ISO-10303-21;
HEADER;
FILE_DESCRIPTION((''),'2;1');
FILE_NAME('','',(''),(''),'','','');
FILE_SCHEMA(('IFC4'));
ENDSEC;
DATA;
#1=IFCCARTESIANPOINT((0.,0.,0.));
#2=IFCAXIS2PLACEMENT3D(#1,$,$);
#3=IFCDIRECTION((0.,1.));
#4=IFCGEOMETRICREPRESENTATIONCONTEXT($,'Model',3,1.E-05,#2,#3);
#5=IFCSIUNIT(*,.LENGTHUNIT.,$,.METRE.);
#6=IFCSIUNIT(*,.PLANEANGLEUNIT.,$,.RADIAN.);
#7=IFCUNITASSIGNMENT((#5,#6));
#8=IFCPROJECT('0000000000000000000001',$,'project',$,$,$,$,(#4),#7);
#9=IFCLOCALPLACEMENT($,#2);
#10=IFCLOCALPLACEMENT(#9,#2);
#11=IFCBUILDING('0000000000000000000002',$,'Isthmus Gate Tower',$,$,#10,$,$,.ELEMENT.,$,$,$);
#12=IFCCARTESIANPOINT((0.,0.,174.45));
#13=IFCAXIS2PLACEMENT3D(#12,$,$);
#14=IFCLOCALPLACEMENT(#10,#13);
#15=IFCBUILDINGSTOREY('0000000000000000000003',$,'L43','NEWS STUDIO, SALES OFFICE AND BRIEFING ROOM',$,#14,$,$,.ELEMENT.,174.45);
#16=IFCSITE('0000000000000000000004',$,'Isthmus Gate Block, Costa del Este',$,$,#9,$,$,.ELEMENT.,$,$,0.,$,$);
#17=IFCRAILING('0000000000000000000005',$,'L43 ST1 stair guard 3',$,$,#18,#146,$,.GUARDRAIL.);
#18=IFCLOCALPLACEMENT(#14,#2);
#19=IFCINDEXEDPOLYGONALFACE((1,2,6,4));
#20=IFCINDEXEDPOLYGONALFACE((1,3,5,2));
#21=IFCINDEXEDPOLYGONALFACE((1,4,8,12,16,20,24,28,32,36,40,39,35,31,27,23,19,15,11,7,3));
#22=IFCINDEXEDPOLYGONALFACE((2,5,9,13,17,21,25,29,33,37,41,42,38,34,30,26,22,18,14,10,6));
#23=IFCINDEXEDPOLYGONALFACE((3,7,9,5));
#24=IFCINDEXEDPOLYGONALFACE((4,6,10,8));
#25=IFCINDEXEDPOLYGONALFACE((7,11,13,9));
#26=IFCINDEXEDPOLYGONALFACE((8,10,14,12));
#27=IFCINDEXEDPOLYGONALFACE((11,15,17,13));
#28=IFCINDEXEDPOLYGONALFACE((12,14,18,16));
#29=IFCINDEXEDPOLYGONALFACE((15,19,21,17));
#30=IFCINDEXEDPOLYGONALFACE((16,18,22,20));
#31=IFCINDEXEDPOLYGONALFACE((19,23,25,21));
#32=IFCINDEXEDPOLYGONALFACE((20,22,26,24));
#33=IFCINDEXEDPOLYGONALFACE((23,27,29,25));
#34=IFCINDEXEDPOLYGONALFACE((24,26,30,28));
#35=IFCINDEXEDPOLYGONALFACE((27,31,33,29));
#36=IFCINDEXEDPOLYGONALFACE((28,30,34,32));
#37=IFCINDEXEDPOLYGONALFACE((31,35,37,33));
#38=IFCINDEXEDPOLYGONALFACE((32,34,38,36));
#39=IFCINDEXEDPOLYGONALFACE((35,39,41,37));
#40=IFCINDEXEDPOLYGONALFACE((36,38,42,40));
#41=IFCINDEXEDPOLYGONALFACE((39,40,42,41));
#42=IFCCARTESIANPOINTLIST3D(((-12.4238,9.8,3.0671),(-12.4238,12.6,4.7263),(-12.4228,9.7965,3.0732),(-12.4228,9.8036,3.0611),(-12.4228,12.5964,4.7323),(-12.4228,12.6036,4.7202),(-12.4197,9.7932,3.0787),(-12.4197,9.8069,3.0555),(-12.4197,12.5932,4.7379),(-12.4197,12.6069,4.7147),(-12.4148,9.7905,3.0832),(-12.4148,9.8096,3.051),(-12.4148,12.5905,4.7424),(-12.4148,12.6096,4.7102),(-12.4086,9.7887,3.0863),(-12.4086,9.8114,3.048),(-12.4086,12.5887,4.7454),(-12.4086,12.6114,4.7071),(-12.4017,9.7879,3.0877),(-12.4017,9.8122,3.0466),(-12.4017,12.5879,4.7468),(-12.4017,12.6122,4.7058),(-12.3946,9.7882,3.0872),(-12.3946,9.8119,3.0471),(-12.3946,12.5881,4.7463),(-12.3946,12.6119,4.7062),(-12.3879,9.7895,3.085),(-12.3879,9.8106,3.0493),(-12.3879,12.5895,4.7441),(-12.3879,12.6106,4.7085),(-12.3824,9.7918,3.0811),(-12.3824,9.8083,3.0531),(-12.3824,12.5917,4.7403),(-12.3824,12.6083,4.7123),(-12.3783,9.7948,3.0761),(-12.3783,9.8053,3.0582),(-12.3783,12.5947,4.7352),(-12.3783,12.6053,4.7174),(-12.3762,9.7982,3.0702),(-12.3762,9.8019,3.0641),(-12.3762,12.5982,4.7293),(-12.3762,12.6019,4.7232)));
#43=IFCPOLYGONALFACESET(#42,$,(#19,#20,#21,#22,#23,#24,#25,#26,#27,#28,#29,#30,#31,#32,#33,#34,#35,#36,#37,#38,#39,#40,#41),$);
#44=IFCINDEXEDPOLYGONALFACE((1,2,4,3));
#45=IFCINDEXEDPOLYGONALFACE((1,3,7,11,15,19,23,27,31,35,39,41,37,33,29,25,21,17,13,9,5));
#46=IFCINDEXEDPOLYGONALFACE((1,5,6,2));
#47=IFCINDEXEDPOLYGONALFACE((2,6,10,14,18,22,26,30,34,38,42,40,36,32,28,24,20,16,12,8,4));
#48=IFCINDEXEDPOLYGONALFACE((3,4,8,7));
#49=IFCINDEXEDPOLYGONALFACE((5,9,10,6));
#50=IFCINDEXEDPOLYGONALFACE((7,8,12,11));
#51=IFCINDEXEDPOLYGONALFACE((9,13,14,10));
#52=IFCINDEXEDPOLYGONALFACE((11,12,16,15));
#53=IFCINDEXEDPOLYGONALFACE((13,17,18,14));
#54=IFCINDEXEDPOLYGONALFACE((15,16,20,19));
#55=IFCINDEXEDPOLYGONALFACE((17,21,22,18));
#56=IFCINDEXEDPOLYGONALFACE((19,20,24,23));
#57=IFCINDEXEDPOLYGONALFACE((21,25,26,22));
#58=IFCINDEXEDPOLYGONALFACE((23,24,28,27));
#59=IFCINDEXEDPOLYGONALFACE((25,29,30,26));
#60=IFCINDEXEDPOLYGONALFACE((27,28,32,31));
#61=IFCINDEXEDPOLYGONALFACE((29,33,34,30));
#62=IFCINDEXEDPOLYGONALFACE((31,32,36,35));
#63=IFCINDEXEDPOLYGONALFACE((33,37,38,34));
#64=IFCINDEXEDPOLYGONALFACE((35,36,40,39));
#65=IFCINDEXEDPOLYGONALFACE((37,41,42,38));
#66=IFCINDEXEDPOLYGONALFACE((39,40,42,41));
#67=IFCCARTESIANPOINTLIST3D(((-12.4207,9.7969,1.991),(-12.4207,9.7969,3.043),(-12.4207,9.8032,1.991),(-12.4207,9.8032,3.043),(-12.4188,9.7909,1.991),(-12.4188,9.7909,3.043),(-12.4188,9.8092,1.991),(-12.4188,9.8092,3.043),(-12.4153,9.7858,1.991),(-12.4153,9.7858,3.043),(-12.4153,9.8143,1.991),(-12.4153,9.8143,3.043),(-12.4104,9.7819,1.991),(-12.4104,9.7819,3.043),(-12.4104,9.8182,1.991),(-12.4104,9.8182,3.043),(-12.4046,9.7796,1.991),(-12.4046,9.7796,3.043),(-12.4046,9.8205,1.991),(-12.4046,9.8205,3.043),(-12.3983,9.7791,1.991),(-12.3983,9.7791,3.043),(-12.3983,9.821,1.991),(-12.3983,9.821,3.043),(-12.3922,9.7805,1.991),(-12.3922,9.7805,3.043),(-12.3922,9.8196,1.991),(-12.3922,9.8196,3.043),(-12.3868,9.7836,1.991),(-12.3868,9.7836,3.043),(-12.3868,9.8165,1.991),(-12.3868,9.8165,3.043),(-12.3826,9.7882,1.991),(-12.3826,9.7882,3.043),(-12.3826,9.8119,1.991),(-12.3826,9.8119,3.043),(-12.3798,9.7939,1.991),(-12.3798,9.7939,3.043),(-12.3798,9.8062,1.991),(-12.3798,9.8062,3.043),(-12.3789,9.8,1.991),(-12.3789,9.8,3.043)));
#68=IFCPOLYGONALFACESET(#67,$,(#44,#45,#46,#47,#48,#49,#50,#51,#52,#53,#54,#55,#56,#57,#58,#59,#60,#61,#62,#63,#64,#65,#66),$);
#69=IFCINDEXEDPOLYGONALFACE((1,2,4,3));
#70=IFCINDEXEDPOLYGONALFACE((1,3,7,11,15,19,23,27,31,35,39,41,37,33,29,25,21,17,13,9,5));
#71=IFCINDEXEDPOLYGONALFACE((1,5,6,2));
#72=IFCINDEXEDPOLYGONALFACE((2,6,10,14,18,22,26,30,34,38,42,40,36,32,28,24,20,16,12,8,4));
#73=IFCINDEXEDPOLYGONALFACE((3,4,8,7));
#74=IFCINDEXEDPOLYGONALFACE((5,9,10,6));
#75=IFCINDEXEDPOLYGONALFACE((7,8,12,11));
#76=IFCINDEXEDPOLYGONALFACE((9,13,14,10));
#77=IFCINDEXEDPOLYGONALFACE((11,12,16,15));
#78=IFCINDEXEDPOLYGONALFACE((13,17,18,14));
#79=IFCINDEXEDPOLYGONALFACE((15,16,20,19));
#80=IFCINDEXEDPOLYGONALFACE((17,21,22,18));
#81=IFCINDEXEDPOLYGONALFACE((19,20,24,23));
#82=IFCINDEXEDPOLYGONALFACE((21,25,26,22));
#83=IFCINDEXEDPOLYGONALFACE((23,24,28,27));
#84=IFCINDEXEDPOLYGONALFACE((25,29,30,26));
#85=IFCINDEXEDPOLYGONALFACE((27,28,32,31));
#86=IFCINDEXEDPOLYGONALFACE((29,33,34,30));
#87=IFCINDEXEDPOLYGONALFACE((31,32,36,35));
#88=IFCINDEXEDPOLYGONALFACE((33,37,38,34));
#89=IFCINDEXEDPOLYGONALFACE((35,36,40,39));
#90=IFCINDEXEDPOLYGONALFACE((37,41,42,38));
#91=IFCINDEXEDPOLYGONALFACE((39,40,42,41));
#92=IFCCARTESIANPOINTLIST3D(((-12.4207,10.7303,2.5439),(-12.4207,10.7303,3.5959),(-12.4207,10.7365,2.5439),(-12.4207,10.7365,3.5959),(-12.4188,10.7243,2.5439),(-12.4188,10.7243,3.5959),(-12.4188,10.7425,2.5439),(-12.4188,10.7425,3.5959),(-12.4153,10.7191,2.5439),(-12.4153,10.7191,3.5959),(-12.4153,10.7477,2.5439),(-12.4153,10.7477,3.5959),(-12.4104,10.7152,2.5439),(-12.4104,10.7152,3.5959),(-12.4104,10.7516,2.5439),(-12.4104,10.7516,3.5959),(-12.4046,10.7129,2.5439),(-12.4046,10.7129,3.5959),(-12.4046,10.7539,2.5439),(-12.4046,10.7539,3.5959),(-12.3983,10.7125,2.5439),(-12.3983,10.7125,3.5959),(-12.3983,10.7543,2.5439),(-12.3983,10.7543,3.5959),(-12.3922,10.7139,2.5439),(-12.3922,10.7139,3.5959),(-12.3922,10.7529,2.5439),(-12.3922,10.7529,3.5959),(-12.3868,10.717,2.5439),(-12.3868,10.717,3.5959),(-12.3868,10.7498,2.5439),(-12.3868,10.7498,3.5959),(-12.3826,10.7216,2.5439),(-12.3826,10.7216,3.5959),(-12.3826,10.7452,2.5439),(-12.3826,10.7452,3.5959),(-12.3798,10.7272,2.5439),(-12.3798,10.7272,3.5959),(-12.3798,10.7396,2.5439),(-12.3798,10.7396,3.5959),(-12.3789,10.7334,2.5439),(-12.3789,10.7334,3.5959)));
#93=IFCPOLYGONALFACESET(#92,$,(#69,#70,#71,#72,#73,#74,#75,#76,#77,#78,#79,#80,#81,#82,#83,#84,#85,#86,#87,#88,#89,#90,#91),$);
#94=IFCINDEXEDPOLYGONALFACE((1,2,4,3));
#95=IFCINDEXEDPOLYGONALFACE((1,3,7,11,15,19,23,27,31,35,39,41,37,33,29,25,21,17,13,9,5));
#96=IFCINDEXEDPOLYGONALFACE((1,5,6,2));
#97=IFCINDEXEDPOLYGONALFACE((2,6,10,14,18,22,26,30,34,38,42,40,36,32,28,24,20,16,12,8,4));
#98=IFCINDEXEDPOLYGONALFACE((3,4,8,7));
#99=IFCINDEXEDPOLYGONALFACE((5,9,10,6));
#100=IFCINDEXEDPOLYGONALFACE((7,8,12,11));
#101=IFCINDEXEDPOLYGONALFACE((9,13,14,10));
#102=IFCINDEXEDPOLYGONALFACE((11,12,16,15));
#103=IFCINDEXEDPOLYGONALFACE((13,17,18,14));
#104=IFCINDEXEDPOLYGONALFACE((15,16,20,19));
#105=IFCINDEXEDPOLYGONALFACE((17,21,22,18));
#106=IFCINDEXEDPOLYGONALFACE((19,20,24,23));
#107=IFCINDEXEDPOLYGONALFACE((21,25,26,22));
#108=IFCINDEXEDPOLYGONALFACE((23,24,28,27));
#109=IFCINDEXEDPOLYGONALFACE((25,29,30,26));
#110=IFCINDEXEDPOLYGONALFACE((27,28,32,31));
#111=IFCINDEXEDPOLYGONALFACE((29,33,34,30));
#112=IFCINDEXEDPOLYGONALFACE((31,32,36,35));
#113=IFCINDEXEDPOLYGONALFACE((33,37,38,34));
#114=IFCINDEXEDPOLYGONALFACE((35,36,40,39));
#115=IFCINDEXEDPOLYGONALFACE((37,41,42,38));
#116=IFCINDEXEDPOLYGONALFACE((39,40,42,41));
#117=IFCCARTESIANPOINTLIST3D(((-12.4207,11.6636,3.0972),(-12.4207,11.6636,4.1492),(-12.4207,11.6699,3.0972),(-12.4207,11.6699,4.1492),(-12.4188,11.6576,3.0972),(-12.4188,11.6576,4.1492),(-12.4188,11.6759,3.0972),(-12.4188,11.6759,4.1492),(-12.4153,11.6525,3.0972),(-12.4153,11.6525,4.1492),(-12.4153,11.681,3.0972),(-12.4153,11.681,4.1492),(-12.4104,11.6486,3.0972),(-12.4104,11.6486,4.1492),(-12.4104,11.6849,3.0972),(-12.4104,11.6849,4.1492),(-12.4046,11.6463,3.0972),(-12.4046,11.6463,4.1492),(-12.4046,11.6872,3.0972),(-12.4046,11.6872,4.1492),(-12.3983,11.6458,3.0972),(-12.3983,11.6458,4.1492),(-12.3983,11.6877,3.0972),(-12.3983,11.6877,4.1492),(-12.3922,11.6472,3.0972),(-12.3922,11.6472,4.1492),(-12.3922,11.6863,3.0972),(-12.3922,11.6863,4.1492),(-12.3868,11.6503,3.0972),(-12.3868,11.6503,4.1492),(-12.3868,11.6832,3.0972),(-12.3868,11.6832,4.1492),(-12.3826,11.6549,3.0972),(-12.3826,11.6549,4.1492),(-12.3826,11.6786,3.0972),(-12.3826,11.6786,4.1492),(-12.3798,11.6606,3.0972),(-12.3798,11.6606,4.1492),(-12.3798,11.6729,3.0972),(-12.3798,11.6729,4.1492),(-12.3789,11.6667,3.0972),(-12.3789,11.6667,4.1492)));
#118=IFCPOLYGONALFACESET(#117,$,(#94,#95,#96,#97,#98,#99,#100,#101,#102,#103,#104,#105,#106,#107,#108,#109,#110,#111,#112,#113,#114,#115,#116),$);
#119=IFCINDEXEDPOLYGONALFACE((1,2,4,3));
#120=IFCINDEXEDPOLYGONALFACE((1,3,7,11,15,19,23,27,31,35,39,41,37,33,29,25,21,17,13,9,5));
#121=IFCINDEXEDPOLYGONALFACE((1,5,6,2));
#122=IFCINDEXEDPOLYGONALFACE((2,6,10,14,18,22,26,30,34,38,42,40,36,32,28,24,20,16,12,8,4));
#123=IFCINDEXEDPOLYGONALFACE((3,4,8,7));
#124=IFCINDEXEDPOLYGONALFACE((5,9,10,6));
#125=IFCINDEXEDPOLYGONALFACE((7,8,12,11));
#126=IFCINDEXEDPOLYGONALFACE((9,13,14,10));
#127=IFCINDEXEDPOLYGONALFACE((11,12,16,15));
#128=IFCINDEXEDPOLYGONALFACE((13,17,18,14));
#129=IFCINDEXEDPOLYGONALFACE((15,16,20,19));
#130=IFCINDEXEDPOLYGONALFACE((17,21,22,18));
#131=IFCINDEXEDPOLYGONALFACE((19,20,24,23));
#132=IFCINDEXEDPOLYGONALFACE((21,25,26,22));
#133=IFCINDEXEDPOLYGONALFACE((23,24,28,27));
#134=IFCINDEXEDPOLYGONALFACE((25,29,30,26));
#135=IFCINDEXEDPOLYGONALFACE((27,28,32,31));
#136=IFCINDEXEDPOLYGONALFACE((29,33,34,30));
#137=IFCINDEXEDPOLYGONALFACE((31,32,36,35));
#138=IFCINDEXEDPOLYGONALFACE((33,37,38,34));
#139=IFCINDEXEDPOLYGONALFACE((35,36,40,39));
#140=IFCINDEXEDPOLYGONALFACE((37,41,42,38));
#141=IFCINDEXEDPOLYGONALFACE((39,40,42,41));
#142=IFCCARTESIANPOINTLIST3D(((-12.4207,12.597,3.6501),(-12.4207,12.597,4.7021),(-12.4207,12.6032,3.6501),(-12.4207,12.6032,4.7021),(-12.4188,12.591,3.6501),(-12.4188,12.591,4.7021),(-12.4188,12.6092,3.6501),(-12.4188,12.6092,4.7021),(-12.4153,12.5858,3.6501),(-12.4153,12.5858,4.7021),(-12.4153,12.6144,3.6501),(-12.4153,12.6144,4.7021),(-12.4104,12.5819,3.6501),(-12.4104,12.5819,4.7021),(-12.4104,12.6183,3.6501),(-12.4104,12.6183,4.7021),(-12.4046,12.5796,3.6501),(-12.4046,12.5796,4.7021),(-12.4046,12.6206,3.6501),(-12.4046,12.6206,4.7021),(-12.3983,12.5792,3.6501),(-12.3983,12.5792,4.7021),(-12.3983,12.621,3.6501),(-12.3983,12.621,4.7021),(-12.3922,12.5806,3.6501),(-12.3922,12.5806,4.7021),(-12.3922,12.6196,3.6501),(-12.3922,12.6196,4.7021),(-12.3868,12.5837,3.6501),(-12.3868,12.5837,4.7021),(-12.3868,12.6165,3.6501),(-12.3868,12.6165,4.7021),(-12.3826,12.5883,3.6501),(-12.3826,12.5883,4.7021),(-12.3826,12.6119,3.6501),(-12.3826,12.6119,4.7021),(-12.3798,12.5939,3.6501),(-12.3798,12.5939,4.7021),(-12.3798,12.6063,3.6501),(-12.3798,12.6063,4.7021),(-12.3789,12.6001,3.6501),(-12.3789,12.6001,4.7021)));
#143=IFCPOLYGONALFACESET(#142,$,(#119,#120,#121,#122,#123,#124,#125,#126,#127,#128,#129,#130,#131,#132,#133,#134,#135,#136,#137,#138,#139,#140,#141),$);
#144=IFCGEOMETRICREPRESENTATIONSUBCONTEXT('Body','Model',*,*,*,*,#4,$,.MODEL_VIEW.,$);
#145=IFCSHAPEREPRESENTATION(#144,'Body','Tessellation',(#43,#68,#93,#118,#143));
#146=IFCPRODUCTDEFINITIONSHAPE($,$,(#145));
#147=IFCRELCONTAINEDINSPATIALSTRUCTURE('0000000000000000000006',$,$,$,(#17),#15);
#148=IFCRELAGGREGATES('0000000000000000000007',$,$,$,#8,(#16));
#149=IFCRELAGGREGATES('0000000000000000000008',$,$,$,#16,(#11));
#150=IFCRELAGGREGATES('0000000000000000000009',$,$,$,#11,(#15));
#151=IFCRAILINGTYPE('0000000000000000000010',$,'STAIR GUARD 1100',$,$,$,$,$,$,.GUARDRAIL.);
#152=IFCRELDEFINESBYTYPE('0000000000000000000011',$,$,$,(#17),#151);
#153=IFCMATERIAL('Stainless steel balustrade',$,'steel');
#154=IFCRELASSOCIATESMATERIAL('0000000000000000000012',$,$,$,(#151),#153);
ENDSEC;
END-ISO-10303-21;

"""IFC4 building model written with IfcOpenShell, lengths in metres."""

from ifc_helpers import new_model, si_unit, direction, frame, origin, origin_2d, place, context, subcontext, project, spatial, circle, extrude, material, type_object, element, save


model = new_model("IFC4")

# Units and contexts
model_context = context("Model", 3, precision=1e-05, world=origin(), true_north=direction((0.0, 1.0)))
body_context = subcontext(model_context, "Body", "Model", "MODEL_VIEW")
ifc_project = project(units=[si_unit("LENGTHUNIT", "METRE"), si_unit("PLANEANGLEUNIT", "RADIAN")], contexts=[model_context])

# Site, building, storey
site_placement = place(None, origin())
site = spatial("IfcSite", under=ifc_project, at=site_placement, Name="Isthmus Gate Block, Costa del Este", CompositionType="ELEMENT", RefElevation=0.0)
building_placement = place(site_placement, origin())
building = spatial("IfcBuilding", under=site, at=building_placement, Name="Isthmus Gate Tower", CompositionType="ELEMENT")
storey_placement = place(building_placement, frame((0.0, 0.0, 174.45)))
storey = spatial("IfcBuildingStorey", under=building, at=storey_placement, Name="L43", Description="NEWS STUDIO, SALES OFFICE AND BRIEFING ROOM", CompositionType="ELEMENT", Elevation=174.45)

# Railing
ifc_material_1 = material(Name="Stainless steel balustrade", Category="steel")
railing_type_1 = type_object("IfcRailingType", Name="STAIR GUARD 1100", PredefinedType="GUARDRAIL", material=ifc_material_1)
railing_1_placement = place(storey_placement, frame((-12.3999, 9.8, 1.991)))
element("IfcRailing", 1, at=railing_1_placement, inside=storey, type_object=railing_type_1, Name="L43 ST1 stair guard 3", PredefinedType="GUARDRAIL", context=body_context, shape_type="SweptSolid", body=[
    extrude(circle(Radius=0.0239, at=origin_2d()), frame((0.0, 0.0, 1.0762), z_axis=(0.0, 0.860306, 0.509778), x_axis=(-1.0, 0.0, 0.0)), (0.0, 0.0, 1.0), 3.2546),
    extrude(circle(Radius=0.021, at=origin_2d()), origin(), (0.0, 0.0, 1.0), 1.052),
    extrude(circle(Radius=0.021, at=origin_2d()), frame((0.0, 0.9333, 0.553)), (0.0, 0.0, 1.0), 1.052),
    extrude(circle(Radius=0.021, at=origin_2d()), frame((0.0, 1.8667, 1.1062)), (0.0, 0.0, 1.0), 1.052),
    extrude(circle(Radius=0.021, at=origin_2d()), frame((0.0, 2.8, 1.6592)), (0.0, 0.0, 1.0), 1.052),
])

save(model, "model.ifc")
